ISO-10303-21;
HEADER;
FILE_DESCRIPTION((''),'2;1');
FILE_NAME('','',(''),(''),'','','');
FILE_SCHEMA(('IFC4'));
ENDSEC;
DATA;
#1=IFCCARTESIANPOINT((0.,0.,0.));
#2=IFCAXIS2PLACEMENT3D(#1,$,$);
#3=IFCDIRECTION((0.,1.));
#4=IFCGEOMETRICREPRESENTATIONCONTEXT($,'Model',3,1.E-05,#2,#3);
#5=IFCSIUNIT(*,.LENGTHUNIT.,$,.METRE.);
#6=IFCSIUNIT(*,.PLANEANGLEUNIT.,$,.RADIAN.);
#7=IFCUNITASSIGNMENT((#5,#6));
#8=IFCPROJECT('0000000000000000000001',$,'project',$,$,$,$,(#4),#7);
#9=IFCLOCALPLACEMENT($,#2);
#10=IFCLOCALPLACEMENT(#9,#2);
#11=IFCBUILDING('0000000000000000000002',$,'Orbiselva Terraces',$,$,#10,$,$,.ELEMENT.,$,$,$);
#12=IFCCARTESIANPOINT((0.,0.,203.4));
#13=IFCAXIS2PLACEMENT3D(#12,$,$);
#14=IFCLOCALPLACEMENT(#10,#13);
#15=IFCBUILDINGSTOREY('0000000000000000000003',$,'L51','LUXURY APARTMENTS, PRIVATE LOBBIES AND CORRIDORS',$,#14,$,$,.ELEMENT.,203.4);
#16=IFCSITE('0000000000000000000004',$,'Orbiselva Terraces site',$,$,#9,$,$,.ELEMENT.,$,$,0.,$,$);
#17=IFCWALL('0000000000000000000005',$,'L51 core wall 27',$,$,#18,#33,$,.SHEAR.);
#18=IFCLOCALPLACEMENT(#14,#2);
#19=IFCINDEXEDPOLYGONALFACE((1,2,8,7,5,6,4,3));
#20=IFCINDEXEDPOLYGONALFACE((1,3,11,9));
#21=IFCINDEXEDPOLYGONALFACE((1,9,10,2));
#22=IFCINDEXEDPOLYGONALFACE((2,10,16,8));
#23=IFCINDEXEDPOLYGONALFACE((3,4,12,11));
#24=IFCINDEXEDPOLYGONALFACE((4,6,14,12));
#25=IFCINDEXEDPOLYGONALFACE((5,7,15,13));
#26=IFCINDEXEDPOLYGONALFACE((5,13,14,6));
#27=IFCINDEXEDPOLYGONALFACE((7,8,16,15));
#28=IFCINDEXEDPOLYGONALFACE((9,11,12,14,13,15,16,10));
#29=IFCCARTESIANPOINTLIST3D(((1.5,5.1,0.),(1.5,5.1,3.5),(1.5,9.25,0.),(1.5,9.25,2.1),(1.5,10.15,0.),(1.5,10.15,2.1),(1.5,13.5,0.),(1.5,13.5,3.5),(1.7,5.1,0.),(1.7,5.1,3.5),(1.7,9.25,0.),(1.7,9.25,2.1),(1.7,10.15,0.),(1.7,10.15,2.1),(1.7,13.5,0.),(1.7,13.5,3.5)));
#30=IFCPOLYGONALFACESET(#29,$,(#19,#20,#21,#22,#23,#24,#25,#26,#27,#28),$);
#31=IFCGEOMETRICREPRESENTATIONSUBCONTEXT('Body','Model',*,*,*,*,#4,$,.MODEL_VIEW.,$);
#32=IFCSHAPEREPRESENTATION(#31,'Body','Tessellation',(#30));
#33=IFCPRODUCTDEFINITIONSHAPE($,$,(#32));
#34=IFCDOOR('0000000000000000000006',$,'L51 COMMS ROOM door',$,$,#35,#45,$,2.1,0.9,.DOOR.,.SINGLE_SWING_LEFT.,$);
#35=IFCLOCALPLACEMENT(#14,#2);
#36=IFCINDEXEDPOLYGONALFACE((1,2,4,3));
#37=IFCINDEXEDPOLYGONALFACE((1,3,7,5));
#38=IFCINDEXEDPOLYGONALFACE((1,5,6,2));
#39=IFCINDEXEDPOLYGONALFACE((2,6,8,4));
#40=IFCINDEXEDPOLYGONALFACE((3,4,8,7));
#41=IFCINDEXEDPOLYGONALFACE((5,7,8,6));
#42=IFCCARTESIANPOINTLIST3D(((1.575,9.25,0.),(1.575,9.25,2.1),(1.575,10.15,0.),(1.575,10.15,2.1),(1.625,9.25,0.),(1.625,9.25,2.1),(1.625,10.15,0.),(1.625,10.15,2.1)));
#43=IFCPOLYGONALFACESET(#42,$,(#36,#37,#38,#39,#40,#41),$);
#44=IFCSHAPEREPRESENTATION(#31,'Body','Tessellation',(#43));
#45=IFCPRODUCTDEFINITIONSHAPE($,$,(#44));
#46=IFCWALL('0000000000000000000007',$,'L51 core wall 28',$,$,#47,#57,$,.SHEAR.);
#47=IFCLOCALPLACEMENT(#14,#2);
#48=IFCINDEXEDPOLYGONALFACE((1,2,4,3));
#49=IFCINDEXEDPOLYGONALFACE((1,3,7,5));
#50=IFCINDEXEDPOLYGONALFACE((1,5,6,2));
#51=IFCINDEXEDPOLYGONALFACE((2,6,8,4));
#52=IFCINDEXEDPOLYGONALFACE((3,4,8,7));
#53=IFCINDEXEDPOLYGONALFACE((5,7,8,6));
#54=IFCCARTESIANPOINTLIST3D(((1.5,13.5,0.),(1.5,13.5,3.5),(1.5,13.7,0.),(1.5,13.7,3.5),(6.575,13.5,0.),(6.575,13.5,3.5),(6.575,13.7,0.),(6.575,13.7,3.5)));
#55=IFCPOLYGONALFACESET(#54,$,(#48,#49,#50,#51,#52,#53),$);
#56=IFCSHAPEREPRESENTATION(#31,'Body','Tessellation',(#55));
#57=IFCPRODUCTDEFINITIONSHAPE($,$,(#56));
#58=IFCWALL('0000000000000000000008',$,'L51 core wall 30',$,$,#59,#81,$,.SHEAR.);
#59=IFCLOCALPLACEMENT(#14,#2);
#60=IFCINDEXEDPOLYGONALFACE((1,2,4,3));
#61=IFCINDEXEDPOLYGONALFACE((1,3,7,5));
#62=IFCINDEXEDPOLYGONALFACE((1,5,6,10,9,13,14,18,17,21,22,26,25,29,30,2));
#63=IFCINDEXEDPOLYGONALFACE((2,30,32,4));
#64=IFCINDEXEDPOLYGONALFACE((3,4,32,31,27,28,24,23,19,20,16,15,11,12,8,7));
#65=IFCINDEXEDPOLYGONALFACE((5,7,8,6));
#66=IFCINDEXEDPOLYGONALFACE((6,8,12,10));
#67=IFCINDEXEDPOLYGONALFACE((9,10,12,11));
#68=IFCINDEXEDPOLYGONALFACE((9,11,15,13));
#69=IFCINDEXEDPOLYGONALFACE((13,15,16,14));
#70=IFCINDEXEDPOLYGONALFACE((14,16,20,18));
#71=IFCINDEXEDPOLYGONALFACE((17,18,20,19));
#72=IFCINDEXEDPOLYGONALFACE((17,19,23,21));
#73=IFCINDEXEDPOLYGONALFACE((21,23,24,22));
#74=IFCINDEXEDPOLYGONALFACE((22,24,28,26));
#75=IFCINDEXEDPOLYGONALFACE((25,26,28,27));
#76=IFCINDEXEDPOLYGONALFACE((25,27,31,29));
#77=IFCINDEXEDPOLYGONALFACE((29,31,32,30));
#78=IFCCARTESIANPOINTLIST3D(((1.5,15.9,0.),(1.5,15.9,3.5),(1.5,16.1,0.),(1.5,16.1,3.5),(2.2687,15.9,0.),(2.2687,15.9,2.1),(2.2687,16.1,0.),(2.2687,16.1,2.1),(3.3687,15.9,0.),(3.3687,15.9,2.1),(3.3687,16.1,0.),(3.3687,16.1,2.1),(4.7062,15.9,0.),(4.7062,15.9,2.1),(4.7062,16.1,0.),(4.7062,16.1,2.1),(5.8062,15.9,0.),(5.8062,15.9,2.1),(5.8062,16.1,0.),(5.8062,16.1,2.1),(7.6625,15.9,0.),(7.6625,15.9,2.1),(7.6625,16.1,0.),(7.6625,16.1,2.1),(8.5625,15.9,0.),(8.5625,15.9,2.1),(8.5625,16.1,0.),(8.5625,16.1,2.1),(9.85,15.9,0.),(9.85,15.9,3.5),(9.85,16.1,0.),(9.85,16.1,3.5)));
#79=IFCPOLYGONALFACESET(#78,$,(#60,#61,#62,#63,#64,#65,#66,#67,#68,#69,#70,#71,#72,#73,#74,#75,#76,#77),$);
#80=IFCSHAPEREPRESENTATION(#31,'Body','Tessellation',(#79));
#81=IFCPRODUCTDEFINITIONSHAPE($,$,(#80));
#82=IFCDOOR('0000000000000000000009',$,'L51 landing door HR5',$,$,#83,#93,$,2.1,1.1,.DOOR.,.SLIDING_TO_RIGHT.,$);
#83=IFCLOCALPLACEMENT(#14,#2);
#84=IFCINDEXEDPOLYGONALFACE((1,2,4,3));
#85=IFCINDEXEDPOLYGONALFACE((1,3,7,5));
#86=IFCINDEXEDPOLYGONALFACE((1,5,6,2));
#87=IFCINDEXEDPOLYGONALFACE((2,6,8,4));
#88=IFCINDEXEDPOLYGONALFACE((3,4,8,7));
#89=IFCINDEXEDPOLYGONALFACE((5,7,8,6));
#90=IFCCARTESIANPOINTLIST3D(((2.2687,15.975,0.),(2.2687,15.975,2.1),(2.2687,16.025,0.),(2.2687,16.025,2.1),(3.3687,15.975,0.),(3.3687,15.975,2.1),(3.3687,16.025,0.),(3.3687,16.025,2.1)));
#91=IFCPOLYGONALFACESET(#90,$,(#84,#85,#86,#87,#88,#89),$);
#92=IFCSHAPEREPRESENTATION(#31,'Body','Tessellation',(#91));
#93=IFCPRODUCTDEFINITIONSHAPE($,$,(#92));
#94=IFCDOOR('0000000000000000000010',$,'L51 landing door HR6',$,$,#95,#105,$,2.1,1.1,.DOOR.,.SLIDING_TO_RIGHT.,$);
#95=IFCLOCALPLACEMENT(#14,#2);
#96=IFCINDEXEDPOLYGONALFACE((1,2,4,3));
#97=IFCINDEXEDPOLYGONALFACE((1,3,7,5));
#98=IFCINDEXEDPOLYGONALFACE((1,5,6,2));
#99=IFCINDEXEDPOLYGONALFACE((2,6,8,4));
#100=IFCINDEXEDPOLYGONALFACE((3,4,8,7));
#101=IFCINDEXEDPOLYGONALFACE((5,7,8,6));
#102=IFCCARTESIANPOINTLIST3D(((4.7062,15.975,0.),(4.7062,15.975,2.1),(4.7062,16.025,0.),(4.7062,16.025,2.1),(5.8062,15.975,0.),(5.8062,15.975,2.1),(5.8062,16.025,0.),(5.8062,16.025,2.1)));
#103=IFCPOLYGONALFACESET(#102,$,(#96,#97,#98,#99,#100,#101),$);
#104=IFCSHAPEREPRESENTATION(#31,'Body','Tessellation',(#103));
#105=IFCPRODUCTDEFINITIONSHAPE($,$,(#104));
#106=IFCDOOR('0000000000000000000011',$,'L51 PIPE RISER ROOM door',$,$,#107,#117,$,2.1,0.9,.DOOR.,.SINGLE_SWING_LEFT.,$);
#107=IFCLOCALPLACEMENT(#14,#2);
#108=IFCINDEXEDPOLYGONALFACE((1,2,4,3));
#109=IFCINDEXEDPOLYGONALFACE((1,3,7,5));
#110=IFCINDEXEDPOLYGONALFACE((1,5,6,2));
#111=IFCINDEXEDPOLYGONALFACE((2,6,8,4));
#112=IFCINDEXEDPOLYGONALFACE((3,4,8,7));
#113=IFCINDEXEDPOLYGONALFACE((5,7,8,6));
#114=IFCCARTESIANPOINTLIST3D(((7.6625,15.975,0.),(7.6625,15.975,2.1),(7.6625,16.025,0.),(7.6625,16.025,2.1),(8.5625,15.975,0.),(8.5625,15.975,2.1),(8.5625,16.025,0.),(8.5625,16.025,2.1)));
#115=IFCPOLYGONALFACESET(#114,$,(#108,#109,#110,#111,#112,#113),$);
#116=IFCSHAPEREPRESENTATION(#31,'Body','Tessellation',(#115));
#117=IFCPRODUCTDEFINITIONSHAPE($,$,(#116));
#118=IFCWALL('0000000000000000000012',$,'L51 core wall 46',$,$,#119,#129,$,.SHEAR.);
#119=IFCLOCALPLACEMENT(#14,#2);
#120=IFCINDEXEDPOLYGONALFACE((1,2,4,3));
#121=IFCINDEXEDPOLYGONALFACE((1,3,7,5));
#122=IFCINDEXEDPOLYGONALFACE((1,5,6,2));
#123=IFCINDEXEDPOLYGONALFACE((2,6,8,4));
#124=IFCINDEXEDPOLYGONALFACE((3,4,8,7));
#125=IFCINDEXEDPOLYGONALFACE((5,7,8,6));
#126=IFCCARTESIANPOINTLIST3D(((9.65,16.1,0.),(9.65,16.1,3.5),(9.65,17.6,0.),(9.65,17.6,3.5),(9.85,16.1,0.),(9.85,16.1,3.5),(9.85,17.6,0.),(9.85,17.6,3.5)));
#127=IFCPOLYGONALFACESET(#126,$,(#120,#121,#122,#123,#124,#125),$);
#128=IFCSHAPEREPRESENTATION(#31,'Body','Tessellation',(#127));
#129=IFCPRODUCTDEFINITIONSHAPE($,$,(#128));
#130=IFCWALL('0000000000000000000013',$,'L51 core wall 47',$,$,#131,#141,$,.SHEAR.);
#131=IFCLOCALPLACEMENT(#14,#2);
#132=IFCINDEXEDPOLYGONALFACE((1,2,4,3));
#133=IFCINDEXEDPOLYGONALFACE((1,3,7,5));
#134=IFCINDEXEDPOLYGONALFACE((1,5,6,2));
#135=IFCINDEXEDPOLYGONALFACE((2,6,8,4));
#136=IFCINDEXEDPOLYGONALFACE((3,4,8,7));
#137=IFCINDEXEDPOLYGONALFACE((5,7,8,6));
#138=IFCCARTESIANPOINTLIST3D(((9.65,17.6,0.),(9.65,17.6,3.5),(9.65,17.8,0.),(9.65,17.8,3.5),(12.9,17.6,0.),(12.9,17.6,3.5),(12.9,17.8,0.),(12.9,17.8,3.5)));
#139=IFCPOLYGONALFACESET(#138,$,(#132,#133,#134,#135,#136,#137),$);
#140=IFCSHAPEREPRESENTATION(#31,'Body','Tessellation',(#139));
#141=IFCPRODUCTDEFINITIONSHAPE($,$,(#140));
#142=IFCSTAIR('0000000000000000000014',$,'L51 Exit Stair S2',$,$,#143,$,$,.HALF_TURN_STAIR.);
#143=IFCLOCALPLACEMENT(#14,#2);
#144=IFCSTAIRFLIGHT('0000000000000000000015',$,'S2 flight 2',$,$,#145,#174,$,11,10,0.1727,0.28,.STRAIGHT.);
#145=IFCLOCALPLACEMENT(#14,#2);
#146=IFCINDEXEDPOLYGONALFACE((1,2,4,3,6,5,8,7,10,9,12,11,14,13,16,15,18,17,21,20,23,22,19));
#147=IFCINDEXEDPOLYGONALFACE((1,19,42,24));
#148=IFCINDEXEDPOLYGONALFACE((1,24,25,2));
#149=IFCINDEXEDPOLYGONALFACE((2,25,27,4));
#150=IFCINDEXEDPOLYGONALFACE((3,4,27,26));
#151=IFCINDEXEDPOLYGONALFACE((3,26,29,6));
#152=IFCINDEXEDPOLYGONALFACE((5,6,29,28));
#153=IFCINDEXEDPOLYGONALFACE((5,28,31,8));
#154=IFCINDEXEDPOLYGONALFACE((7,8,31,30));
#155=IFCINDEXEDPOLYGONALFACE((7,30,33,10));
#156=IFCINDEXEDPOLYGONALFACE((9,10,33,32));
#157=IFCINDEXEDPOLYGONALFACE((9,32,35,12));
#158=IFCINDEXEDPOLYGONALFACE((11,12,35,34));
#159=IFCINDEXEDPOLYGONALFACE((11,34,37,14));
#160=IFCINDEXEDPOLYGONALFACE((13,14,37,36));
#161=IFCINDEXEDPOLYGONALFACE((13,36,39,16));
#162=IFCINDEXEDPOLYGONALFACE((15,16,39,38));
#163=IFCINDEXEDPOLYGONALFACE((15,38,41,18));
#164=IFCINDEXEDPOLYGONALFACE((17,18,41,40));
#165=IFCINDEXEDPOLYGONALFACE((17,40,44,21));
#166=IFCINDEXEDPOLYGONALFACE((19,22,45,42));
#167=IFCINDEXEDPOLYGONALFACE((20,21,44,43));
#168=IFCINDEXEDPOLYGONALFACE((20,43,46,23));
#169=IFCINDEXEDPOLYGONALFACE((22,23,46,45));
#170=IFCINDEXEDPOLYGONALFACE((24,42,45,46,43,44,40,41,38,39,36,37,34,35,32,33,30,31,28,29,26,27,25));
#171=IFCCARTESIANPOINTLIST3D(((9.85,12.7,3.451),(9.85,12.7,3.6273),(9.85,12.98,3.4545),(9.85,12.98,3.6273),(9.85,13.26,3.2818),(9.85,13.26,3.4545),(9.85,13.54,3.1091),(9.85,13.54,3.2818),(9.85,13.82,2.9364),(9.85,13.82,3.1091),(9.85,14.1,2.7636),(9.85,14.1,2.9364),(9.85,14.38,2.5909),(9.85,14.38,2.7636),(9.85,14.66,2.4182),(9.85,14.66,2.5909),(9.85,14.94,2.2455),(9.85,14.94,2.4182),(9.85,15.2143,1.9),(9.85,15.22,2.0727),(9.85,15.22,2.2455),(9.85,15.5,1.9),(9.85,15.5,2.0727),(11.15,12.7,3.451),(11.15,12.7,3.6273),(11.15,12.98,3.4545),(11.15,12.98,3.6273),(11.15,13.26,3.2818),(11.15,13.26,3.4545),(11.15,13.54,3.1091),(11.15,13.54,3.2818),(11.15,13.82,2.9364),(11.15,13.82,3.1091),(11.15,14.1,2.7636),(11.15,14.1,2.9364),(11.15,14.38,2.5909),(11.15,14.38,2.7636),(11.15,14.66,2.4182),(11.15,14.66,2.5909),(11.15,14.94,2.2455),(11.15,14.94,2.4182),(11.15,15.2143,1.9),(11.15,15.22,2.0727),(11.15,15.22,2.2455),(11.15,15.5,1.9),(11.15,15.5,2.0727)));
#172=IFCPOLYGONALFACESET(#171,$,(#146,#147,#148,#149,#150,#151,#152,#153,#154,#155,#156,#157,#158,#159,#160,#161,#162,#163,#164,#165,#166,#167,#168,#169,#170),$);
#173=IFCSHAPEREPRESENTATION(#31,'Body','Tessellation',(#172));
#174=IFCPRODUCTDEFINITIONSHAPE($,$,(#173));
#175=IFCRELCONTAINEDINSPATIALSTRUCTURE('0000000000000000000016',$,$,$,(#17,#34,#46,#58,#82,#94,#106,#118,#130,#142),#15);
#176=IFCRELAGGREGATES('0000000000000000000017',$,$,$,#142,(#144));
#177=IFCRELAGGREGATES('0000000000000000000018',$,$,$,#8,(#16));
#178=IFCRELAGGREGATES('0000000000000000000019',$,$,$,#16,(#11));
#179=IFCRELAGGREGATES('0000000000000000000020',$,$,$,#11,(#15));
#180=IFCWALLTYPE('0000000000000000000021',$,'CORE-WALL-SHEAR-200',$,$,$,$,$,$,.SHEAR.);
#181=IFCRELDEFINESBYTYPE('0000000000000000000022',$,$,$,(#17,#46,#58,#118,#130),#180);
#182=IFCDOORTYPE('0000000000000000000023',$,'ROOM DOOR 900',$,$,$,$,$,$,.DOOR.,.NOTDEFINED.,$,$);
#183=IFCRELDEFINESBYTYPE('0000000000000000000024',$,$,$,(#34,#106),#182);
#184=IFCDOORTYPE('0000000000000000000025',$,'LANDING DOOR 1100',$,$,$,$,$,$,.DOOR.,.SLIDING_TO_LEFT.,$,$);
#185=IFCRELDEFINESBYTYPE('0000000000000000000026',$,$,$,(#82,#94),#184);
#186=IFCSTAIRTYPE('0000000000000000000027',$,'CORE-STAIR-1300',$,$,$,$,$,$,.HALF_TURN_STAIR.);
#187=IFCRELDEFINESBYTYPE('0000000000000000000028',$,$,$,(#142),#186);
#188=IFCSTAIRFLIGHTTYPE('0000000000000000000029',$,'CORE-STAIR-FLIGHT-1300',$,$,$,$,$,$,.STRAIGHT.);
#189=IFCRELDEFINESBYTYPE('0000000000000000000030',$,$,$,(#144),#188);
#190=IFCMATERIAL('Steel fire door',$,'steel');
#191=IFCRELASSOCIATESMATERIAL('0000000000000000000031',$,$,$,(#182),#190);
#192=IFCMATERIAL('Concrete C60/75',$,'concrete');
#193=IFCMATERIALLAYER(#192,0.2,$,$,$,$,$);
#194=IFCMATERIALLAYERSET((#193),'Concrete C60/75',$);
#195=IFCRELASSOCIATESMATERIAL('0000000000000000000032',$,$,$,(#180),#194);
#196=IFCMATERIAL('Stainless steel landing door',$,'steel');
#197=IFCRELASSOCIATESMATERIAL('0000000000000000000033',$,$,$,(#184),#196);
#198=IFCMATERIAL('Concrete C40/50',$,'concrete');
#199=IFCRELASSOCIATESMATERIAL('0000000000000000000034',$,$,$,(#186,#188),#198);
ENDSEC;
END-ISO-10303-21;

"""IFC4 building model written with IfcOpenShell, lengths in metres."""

from ifc_helpers import new_model, si_unit, direction, frame, frame_2d, origin, place, context, subcontext, project, spatial, polyline, rectangle, outline, extrude, material, layer, layer_set, type_object, element, fill, aggregate, save


model = new_model("IFC4")

# Units and contexts
model_context = context("Model", 3, precision=1e-05, world=origin(), true_north=direction((0.0, 1.0)))
body_context = subcontext(model_context, "Body", "Model", "MODEL_VIEW")
ifc_project = project(units=[si_unit("LENGTHUNIT", "METRE"), si_unit("PLANEANGLEUNIT", "RADIAN")], contexts=[model_context])

# Site, building, storey
site_placement = place(None, origin())
site = spatial("IfcSite", under=ifc_project, at=site_placement, Name="Orbiselva Terraces site", CompositionType="ELEMENT", RefElevation=0.0)
building_placement = place(site_placement, origin())
building = spatial("IfcBuilding", under=site, at=building_placement, Name="Orbiselva Terraces", CompositionType="ELEMENT")
storey_placement = place(building_placement, frame((0.0, 0.0, 203.4)))
storey = spatial("IfcBuildingStorey", under=building, at=storey_placement, Name="L51", Description="LUXURY APARTMENTS, PRIVATE LOBBIES AND CORRIDORS", CompositionType="ELEMENT", Elevation=203.4)

# Shared definitions
ifc_material_1 = material(Name="Steel fire door", Category="steel")
door_type_1 = type_object("IfcDoorType", Name="ROOM DOOR 900", OperationType="NOTDEFINED", PredefinedType="DOOR", material=ifc_material_1)

# Shared definitions
ifc_material_2 = material(Name="Concrete C40/50", Category="concrete")

# Wall, opening, door
ifc_material_3 = material(Name="Concrete C60/75", Category="concrete")
ifc_layer_1 = layer(ifc_material_3, 0.2)
ifc_layer_set_1 = layer_set([ifc_layer_1], Name="Concrete C60/75")
wall_type_1 = type_object("IfcWallType", Name="CORE-WALL-SHEAR-200", PredefinedType="SHEAR", material=ifc_layer_set_1)
wall_1_placement = place(storey_placement, frame((1.6, 13.5, 0.0), z_axis=(0.0, 0.0, 1.0), x_axis=(0.0, -1.0, 0.0)))
wall_1 = element("IfcWall", 1, at=wall_1_placement, inside=storey, type_object=wall_type_1, Name="L51 core wall 27", PredefinedType="SHEAR", context=body_context, shape_type="SweptSolid", body=[
    extrude(rectangle(XDim=8.4, YDim=0.2, at=frame_2d((4.2, 0.0))), origin(), (0.0, 0.0, 1.0), 3.5),
])
opening_1_placement = place(wall_1_placement, frame((3.35, 0.0, 0.0)))
opening_1 = element("IfcOpeningElement", 2, at=opening_1_placement, cuts=wall_1, PredefinedType="OPENING", context=body_context, shape_type="SweptSolid", body=[
    extrude(rectangle(XDim=0.9, YDim=2.1, at=frame_2d((0.45, 1.05))), frame((0.0, 0.11, 0.0), z_axis=(0.0, -1.0, 0.0), x_axis=(1.0, 0.0, 0.0)), (0.0, 0.0, 1.0), 0.22),
])
door_1_placement = place(opening_1_placement, origin())
door_1 = element("IfcDoor", 3, at=door_1_placement, inside=storey, type_object=door_type_1, Name="L51 COMMS ROOM door", OperationType="SINGLE_SWING_LEFT", OverallHeight=2.1, OverallWidth=0.9, PredefinedType="DOOR", context=body_context, shape_type="SweptSolid", body=[
    extrude(rectangle(XDim=0.9, YDim=2.1, at=frame_2d((0.45, 1.05))), frame((0.0, 0.025, 0.0), z_axis=(0.0, -1.0, 0.0), x_axis=(1.0, 0.0, 0.0)), (0.0, 0.0, 1.0), 0.05),
])
fill(opening_1, door_1)

# Wall
wall_2_placement = place(storey_placement, frame((1.5, 13.6, 0.0), z_axis=(0.0, 0.0, 1.0), x_axis=(1.0, 0.0, 0.0)))
element("IfcWall", 4, at=wall_2_placement, inside=storey, type_object=wall_type_1, Name="L51 core wall 28", PredefinedType="SHEAR", context=body_context, shape_type="SweptSolid", body=[
    extrude(rectangle(XDim=5.075, YDim=0.2, at=frame_2d((2.5375, 0.0))), origin(), (0.0, 0.0, 1.0), 3.5),
])

# Wall, openings, doors
wall_3_placement = place(storey_placement, frame((9.85, 16.0, 0.0), z_axis=(0.0, 0.0, 1.0), x_axis=(-1.0, 0.0, 0.0)))
wall_3 = element("IfcWall", 5, at=wall_3_placement, inside=storey, type_object=wall_type_1, Name="L51 core wall 30", PredefinedType="SHEAR", context=body_context, shape_type="SweptSolid", body=[
    extrude(rectangle(XDim=8.35, YDim=0.2, at=frame_2d((4.175, 0.0))), origin(), (0.0, 0.0, 1.0), 3.5),
])
opening_2_placement = place(wall_3_placement, frame((6.4813, 0.0, 0.0)))
opening_2 = element("IfcOpeningElement", 6, at=opening_2_placement, cuts=wall_3, PredefinedType="OPENING", context=body_context, shape_type="SweptSolid", body=[
    extrude(rectangle(XDim=1.1, YDim=2.1, at=frame_2d((0.55, 1.05))), frame((0.0, 0.11, 0.0), z_axis=(0.0, -1.0, 0.0), x_axis=(1.0, 0.0, 0.0)), (0.0, 0.0, 1.0), 0.22),
])
opening_3_placement = place(wall_3_placement, frame((4.0438, 0.0, 0.0)))
opening_3 = element("IfcOpeningElement", 7, at=opening_3_placement, cuts=wall_3, PredefinedType="OPENING", context=body_context, shape_type="SweptSolid", body=[
    extrude(rectangle(XDim=1.1, YDim=2.1, at=frame_2d((0.55, 1.05))), frame((0.0, 0.11, 0.0), z_axis=(0.0, -1.0, 0.0), x_axis=(1.0, 0.0, 0.0)), (0.0, 0.0, 1.0), 0.22),
])
opening_4_placement = place(wall_3_placement, frame((1.2875, 0.0, 0.0)))
opening_4 = element("IfcOpeningElement", 8, at=opening_4_placement, cuts=wall_3, PredefinedType="OPENING", context=body_context, shape_type="SweptSolid", body=[
    extrude(rectangle(XDim=0.9, YDim=2.1, at=frame_2d((0.45, 1.05))), frame((0.0, 0.11, 0.0), z_axis=(0.0, -1.0, 0.0), x_axis=(1.0, 0.0, 0.0)), (0.0, 0.0, 1.0), 0.22),
])
ifc_material_4 = material(Name="Stainless steel landing door", Category="steel")
door_type_2 = type_object("IfcDoorType", Name="LANDING DOOR 1100", OperationType="SLIDING_TO_LEFT", PredefinedType="DOOR", material=ifc_material_4)
door_2_placement = place(opening_2_placement, origin())
door_2 = element("IfcDoor", 9, at=door_2_placement, inside=storey, type_object=door_type_2, Name="L51 landing door HR5", OperationType="SLIDING_TO_RIGHT", OverallHeight=2.1, OverallWidth=1.1, PredefinedType="DOOR", context=body_context, shape_type="SweptSolid", body=[
    extrude(rectangle(XDim=1.1, YDim=2.1, at=frame_2d((0.55, 1.05))), frame((0.0, 0.025, 0.0), z_axis=(0.0, -1.0, 0.0), x_axis=(1.0, 0.0, 0.0)), (0.0, 0.0, 1.0), 0.05),
])
fill(opening_2, door_2)
door_3_placement = place(opening_3_placement, origin())
door_3 = element("IfcDoor", 10, at=door_3_placement, inside=storey, type_object=door_type_2, Name="L51 landing door HR6", OperationType="SLIDING_TO_RIGHT", OverallHeight=2.1, OverallWidth=1.1, PredefinedType="DOOR", context=body_context, shape_type="SweptSolid", body=[
    extrude(rectangle(XDim=1.1, YDim=2.1, at=frame_2d((0.55, 1.05))), frame((0.0, 0.025, 0.0), z_axis=(0.0, -1.0, 0.0), x_axis=(1.0, 0.0, 0.0)), (0.0, 0.0, 1.0), 0.05),
])
fill(opening_3, door_3)
door_4_placement = place(opening_4_placement, origin())
door_4 = element("IfcDoor", 11, at=door_4_placement, inside=storey, type_object=door_type_1, Name="L51 PIPE RISER ROOM door", OperationType="SINGLE_SWING_LEFT", OverallHeight=2.1, OverallWidth=0.9, PredefinedType="DOOR", context=body_context, shape_type="SweptSolid", body=[
    extrude(rectangle(XDim=0.9, YDim=2.1, at=frame_2d((0.45, 1.05))), frame((0.0, 0.025, 0.0), z_axis=(0.0, -1.0, 0.0), x_axis=(1.0, 0.0, 0.0)), (0.0, 0.0, 1.0), 0.05),
])
fill(opening_4, door_4)

# Walls
wall_4_placement = place(storey_placement, frame((9.75, 16.1, 0.0), z_axis=(0.0, 0.0, 1.0), x_axis=(0.0, 1.0, 0.0)))
element("IfcWall", 12, at=wall_4_placement, inside=storey, type_object=wall_type_1, Name="L51 core wall 46", PredefinedType="SHEAR", context=body_context, shape_type="SweptSolid", body=[
    extrude(rectangle(XDim=1.5, YDim=0.2, at=frame_2d((0.75, 0.0))), origin(), (0.0, 0.0, 1.0), 3.5),
])
wall_5_placement = place(storey_placement, frame((9.65, 17.7, 0.0), z_axis=(0.0, 0.0, 1.0), x_axis=(1.0, 0.0, 0.0)))
element("IfcWall", 13, at=wall_5_placement, inside=storey, type_object=wall_type_1, Name="L51 core wall 47", PredefinedType="SHEAR", context=body_context, shape_type="SweptSolid", body=[
    extrude(rectangle(XDim=3.25, YDim=0.2, at=frame_2d((1.625, 0.0))), origin(), (0.0, 0.0, 1.0), 3.5),
])

# Stair, stair flight
stair_type = type_object("IfcStairType", Name="CORE-STAIR-1300", PredefinedType="HALF_TURN_STAIR", material=ifc_material_2)
stair_placement = place(storey_placement, origin())
stair = element("IfcStair", 14, at=stair_placement, inside=storey, type_object=stair_type, Name="L51 Exit Stair S2", PredefinedType="HALF_TURN_STAIR")
stair_flight_type = type_object("IfcStairFlightType", Name="CORE-STAIR-FLIGHT-1300", PredefinedType="STRAIGHT", material=ifc_material_2)
stair_flight_placement = place(storey_placement, frame((10.5, 15.5, 1.9), z_axis=(0.0, 0.0, 1.0), x_axis=(0.0, -1.0, 0.0)))
stair_flight = element("IfcStairFlight", 15, at=stair_flight_placement, type_object=stair_flight_type, Name="S2 flight 2", NumberOfRisers=11, NumberOfTreads=10, PredefinedType="STRAIGHT", RiserHeight=0.1727, TreadLength=0.28, context=body_context, shape_type="SweptSolid", body=[
    extrude(outline(polyline([(0.0, 0.0), (0.0, 0.1727), (0.28, 0.1727), (0.28, 0.3455), (0.56, 0.3455), (0.56, 0.5182), (0.84, 0.5182), (0.84, 0.6909), (1.12, 0.6909), (1.12, 0.8636), (1.4, 0.8636), (1.4, 1.0364), (1.68, 1.0364), (1.68, 1.2091), (1.96, 1.2091), (1.96, 1.3818), (2.24, 1.3818), (2.24, 1.5545), (2.52, 1.5545), (2.52, 1.7273), (2.8, 1.7273), (2.8, 1.9), (2.8, 1.551), (0.2857, 0.0), (0.0, 0.0)])), frame((0.0, 0.65, 0.0), z_axis=(0.0, -1.0, 0.0), x_axis=(1.0, 0.0, 0.0)), (0.0, 0.0, 1.0), 1.3),
])
aggregate(stair, [stair_flight])

save(model, "model.ifc")
